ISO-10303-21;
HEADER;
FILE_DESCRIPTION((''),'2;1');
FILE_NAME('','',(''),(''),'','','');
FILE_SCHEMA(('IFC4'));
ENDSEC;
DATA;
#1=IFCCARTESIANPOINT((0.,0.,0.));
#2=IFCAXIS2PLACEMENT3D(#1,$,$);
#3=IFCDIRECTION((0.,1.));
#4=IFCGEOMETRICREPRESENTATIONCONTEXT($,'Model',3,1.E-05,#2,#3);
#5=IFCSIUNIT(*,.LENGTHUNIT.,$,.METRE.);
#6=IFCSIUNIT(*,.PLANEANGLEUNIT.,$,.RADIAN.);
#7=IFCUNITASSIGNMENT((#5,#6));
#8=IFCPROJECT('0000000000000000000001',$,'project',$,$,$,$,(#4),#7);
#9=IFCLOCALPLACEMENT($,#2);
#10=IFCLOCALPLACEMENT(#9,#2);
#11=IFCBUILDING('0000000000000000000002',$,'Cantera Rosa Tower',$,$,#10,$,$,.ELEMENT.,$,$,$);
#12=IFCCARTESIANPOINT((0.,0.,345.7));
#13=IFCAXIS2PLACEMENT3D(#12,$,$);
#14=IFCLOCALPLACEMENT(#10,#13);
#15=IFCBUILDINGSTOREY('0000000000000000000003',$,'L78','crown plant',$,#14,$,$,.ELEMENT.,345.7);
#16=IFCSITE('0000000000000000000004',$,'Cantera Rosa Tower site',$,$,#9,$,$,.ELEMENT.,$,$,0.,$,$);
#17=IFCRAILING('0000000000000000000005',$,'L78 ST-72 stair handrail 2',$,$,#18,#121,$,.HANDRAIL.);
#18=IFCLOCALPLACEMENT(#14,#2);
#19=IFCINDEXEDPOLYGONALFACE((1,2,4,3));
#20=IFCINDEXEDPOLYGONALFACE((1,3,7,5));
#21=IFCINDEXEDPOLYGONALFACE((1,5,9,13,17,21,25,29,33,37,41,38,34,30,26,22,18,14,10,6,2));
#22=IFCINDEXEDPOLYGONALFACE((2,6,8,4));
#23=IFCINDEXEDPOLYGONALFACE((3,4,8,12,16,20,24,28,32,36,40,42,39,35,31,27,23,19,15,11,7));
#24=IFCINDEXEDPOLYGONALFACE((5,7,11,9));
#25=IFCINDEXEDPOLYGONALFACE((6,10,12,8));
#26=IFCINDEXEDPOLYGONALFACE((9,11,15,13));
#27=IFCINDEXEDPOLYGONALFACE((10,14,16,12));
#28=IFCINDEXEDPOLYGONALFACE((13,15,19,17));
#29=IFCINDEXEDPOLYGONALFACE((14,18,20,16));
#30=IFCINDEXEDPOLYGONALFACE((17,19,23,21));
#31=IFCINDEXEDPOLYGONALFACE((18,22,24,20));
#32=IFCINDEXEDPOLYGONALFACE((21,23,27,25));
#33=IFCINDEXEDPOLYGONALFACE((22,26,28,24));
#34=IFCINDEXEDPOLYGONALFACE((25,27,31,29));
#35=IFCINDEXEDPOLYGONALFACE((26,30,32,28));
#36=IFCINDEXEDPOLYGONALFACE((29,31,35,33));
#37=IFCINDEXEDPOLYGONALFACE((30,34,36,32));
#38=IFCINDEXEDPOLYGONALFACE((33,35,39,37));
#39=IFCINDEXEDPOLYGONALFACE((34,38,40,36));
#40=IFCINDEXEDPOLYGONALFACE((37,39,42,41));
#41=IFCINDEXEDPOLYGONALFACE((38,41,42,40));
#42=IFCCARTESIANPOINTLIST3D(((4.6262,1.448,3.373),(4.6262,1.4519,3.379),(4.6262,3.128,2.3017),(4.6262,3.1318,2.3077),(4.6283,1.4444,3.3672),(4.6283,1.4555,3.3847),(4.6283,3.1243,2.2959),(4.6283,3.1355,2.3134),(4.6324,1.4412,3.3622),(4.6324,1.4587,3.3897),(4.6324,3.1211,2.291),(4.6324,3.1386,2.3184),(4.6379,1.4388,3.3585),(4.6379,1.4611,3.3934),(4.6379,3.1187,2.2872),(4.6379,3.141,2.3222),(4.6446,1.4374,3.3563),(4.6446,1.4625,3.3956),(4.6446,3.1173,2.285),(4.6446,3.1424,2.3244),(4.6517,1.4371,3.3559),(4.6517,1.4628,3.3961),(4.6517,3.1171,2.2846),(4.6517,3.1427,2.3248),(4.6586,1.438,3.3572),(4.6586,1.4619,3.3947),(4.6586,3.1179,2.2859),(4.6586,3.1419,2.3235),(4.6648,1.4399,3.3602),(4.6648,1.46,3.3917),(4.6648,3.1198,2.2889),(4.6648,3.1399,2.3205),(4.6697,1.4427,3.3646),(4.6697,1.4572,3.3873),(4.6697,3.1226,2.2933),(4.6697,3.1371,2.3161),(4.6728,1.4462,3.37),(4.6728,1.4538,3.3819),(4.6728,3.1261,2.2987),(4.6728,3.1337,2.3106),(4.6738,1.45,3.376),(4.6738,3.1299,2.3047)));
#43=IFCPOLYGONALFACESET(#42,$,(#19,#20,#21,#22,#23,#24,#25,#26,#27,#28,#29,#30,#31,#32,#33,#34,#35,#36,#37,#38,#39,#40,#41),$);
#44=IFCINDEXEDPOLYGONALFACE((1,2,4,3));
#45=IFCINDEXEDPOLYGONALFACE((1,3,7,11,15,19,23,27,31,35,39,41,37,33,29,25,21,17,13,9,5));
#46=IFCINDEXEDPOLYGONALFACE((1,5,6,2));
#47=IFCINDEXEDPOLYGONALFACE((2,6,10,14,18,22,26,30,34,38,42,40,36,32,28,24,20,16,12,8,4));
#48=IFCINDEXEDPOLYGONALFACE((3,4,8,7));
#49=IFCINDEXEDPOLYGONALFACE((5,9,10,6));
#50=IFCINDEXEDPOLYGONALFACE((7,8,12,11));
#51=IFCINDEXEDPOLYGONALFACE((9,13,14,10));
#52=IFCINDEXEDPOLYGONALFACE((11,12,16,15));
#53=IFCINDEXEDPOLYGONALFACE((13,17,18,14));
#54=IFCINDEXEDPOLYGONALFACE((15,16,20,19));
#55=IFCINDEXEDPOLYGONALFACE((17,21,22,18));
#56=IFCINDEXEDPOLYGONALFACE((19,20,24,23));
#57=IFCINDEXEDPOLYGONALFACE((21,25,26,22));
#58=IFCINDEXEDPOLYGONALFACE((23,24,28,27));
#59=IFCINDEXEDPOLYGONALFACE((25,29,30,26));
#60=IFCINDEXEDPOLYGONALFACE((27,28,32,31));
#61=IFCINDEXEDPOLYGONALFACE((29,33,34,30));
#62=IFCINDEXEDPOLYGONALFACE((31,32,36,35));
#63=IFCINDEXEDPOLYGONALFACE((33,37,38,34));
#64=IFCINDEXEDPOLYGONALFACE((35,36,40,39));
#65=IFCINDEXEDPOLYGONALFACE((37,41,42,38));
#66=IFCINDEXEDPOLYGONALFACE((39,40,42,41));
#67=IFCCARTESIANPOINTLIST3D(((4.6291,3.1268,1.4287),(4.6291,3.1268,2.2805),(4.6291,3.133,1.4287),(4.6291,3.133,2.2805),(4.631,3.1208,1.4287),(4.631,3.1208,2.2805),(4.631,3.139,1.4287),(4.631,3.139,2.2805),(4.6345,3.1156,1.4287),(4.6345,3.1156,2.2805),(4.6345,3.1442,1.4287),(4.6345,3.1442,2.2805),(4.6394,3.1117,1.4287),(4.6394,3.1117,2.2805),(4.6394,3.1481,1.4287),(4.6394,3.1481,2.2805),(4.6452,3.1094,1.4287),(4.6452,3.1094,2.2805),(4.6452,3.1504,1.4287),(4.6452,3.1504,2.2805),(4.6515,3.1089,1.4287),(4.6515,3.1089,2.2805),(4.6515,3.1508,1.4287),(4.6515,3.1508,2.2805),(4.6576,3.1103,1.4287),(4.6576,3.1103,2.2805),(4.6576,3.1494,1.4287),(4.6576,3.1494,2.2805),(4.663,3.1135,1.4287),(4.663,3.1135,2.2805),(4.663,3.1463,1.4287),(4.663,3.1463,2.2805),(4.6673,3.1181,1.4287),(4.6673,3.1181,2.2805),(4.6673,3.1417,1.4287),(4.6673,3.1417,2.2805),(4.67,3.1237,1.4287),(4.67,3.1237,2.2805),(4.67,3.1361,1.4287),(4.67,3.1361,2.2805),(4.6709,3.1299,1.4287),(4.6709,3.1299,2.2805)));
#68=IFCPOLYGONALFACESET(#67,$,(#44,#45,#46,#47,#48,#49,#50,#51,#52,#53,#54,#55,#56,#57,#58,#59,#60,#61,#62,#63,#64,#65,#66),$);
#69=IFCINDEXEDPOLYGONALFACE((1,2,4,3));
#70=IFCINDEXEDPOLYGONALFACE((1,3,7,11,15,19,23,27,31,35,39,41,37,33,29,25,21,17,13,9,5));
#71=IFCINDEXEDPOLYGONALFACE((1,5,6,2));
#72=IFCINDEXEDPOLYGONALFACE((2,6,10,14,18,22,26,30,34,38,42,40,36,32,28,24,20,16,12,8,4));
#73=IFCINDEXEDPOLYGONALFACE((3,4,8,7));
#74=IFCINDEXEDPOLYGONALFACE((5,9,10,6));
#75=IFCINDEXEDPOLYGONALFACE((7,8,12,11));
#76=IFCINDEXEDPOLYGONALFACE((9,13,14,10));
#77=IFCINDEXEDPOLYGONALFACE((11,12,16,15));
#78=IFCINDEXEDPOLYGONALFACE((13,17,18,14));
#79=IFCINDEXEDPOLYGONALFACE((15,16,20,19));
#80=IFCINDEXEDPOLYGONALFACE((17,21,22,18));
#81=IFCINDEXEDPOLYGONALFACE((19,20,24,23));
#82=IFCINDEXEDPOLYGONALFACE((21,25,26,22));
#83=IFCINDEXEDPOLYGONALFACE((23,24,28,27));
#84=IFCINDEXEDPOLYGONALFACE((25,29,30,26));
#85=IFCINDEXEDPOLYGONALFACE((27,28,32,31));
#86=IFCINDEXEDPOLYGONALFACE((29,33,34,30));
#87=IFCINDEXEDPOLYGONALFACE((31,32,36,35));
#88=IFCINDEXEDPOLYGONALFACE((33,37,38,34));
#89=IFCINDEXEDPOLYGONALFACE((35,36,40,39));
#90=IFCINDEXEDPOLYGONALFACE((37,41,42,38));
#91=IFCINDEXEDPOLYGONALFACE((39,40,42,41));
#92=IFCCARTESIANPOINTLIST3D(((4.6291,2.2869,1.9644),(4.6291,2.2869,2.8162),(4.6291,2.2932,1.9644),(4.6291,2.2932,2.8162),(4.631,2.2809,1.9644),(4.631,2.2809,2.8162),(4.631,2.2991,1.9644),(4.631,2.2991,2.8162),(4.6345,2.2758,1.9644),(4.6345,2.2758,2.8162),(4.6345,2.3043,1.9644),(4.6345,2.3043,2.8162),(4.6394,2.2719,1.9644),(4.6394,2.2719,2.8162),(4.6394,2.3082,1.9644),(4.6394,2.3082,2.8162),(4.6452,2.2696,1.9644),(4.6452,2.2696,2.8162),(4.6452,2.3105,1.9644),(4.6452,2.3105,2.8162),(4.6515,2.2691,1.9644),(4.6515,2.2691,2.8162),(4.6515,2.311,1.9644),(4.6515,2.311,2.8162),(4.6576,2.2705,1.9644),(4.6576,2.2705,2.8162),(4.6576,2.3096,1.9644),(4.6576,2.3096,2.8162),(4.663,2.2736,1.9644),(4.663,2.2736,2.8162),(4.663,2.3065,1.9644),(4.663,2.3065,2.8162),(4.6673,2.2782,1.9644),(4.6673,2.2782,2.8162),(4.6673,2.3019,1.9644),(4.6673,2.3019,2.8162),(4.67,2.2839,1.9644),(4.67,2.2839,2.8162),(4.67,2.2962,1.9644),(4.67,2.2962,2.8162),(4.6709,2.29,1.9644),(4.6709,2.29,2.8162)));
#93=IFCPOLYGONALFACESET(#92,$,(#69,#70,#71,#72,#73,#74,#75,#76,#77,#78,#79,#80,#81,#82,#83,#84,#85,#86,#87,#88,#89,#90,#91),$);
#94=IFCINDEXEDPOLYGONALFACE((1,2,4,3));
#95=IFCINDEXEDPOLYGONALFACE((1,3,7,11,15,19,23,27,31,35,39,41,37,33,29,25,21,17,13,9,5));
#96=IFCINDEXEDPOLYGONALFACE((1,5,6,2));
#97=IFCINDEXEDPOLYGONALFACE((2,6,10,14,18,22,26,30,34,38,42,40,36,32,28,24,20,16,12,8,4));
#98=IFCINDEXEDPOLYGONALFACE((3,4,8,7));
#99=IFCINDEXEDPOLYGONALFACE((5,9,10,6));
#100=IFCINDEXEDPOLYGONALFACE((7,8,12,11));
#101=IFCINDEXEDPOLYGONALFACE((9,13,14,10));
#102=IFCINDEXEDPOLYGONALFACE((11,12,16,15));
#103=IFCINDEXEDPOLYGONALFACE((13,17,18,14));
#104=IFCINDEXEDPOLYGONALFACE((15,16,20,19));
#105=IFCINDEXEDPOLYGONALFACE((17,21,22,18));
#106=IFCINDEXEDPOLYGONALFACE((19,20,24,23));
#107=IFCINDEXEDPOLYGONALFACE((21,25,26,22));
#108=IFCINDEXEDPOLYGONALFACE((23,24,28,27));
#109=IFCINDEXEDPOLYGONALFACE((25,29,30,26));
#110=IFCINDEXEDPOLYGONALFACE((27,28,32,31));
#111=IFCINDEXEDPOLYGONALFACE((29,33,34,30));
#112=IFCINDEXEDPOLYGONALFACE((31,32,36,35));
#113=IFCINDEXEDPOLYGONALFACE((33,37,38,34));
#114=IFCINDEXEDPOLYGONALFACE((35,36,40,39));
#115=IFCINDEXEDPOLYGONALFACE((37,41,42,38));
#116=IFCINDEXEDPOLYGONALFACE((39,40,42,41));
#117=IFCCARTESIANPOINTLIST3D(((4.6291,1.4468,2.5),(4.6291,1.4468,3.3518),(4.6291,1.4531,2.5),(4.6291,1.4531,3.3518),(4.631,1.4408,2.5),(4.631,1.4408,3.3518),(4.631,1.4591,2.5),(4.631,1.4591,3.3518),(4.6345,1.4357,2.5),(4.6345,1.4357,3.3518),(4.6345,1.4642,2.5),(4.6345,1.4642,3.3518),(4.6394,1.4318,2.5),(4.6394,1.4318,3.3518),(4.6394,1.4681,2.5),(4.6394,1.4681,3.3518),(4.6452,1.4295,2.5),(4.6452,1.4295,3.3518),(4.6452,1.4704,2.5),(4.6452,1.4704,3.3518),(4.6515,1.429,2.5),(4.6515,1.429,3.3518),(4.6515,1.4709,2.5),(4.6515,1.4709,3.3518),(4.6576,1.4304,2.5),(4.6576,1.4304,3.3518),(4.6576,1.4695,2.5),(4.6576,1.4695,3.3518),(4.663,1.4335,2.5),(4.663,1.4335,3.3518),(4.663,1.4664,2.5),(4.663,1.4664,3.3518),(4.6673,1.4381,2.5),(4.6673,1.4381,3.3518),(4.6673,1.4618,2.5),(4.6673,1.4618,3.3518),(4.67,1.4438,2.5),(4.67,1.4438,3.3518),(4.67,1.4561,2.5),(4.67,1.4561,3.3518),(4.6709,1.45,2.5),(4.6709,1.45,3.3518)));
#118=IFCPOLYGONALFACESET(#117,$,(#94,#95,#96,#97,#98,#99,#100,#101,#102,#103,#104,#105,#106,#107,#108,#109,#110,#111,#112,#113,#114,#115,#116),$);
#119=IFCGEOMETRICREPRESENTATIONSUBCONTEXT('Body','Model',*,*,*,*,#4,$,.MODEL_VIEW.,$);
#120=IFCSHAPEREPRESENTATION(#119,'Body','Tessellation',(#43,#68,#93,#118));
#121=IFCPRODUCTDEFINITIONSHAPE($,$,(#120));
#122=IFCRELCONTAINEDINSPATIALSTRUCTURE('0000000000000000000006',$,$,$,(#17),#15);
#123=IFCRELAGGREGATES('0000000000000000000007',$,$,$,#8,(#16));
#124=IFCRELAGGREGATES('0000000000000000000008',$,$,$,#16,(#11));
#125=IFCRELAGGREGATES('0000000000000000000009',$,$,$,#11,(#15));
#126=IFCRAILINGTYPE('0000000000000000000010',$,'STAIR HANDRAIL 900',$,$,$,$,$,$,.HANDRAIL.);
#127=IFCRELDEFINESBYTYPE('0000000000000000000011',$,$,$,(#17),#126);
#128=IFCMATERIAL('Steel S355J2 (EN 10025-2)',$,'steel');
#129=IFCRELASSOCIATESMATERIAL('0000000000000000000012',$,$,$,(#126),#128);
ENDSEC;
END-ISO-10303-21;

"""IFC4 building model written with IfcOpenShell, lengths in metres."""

from ifc_helpers import new_model, si_unit, direction, frame, origin, origin_2d, place, context, subcontext, project, spatial, circle, extrude, material, type_object, element, save


model = new_model("IFC4")

# Units and contexts
model_context = context("Model", 3, precision=1e-05, world=origin(), true_north=direction((0.0, 1.0)))
body_context = subcontext(model_context, "Body", "Model", "MODEL_VIEW")
ifc_project = project(units=[si_unit("LENGTHUNIT", "METRE"), si_unit("PLANEANGLEUNIT", "RADIAN")], contexts=[model_context])

# Site, building, storey
site_placement = place(None, origin())
site = spatial("IfcSite", under=ifc_project, at=site_placement, Name="Cantera Rosa Tower site", CompositionType="ELEMENT", RefElevation=0.0)
building_placement = place(site_placement, origin())
building = spatial("IfcBuilding", under=site, at=building_placement, Name="Cantera Rosa Tower", CompositionType="ELEMENT")
storey_placement = place(building_placement, frame((0.0, 0.0, 345.7)))
storey = spatial("IfcBuildingStorey", under=building, at=storey_placement, Name="L78", Description="crown plant", CompositionType="ELEMENT", Elevation=345.7)

# Railing
ifc_material_1 = material(Name="Steel S355J2 (EN 10025-2)", Category="steel")
railing_type_1 = type_object("IfcRailingType", Name="STAIR HANDRAIL 900", PredefinedType="HANDRAIL", material=ifc_material_1)
railing_1_placement = place(storey_placement, frame((4.6499, 3.1299, 1.4287)))
element("IfcRailing", 1, at=railing_1_placement, inside=storey, type_object=railing_type_1, Name="L78 ST-72 stair handrail 2", PredefinedType="HANDRAIL", context=body_context, shape_type="SweptSolid", body=[
    extrude(circle(Radius=0.0239, at=origin_2d()), frame((0.0, 0.0, 0.876), z_axis=(0.0, -0.843152, 0.537676), x_axis=(1.0, 0.0, 0.0)), (0.0, 0.0, 1.0), 1.9924),
    extrude(circle(Radius=0.021, at=origin_2d()), origin(), (0.0, 0.0, 1.0), 0.8518),
    extrude(circle(Radius=0.021, at=origin_2d()), frame((0.0, -0.8398, 0.5356)), (0.0, 0.0, 1.0), 0.8518),
    extrude(circle(Radius=0.021, at=origin_2d()), frame((0.0, -1.6799, 1.0713)), (0.0, 0.0, 1.0), 0.8518),
])

save(model, "model.ifc")
